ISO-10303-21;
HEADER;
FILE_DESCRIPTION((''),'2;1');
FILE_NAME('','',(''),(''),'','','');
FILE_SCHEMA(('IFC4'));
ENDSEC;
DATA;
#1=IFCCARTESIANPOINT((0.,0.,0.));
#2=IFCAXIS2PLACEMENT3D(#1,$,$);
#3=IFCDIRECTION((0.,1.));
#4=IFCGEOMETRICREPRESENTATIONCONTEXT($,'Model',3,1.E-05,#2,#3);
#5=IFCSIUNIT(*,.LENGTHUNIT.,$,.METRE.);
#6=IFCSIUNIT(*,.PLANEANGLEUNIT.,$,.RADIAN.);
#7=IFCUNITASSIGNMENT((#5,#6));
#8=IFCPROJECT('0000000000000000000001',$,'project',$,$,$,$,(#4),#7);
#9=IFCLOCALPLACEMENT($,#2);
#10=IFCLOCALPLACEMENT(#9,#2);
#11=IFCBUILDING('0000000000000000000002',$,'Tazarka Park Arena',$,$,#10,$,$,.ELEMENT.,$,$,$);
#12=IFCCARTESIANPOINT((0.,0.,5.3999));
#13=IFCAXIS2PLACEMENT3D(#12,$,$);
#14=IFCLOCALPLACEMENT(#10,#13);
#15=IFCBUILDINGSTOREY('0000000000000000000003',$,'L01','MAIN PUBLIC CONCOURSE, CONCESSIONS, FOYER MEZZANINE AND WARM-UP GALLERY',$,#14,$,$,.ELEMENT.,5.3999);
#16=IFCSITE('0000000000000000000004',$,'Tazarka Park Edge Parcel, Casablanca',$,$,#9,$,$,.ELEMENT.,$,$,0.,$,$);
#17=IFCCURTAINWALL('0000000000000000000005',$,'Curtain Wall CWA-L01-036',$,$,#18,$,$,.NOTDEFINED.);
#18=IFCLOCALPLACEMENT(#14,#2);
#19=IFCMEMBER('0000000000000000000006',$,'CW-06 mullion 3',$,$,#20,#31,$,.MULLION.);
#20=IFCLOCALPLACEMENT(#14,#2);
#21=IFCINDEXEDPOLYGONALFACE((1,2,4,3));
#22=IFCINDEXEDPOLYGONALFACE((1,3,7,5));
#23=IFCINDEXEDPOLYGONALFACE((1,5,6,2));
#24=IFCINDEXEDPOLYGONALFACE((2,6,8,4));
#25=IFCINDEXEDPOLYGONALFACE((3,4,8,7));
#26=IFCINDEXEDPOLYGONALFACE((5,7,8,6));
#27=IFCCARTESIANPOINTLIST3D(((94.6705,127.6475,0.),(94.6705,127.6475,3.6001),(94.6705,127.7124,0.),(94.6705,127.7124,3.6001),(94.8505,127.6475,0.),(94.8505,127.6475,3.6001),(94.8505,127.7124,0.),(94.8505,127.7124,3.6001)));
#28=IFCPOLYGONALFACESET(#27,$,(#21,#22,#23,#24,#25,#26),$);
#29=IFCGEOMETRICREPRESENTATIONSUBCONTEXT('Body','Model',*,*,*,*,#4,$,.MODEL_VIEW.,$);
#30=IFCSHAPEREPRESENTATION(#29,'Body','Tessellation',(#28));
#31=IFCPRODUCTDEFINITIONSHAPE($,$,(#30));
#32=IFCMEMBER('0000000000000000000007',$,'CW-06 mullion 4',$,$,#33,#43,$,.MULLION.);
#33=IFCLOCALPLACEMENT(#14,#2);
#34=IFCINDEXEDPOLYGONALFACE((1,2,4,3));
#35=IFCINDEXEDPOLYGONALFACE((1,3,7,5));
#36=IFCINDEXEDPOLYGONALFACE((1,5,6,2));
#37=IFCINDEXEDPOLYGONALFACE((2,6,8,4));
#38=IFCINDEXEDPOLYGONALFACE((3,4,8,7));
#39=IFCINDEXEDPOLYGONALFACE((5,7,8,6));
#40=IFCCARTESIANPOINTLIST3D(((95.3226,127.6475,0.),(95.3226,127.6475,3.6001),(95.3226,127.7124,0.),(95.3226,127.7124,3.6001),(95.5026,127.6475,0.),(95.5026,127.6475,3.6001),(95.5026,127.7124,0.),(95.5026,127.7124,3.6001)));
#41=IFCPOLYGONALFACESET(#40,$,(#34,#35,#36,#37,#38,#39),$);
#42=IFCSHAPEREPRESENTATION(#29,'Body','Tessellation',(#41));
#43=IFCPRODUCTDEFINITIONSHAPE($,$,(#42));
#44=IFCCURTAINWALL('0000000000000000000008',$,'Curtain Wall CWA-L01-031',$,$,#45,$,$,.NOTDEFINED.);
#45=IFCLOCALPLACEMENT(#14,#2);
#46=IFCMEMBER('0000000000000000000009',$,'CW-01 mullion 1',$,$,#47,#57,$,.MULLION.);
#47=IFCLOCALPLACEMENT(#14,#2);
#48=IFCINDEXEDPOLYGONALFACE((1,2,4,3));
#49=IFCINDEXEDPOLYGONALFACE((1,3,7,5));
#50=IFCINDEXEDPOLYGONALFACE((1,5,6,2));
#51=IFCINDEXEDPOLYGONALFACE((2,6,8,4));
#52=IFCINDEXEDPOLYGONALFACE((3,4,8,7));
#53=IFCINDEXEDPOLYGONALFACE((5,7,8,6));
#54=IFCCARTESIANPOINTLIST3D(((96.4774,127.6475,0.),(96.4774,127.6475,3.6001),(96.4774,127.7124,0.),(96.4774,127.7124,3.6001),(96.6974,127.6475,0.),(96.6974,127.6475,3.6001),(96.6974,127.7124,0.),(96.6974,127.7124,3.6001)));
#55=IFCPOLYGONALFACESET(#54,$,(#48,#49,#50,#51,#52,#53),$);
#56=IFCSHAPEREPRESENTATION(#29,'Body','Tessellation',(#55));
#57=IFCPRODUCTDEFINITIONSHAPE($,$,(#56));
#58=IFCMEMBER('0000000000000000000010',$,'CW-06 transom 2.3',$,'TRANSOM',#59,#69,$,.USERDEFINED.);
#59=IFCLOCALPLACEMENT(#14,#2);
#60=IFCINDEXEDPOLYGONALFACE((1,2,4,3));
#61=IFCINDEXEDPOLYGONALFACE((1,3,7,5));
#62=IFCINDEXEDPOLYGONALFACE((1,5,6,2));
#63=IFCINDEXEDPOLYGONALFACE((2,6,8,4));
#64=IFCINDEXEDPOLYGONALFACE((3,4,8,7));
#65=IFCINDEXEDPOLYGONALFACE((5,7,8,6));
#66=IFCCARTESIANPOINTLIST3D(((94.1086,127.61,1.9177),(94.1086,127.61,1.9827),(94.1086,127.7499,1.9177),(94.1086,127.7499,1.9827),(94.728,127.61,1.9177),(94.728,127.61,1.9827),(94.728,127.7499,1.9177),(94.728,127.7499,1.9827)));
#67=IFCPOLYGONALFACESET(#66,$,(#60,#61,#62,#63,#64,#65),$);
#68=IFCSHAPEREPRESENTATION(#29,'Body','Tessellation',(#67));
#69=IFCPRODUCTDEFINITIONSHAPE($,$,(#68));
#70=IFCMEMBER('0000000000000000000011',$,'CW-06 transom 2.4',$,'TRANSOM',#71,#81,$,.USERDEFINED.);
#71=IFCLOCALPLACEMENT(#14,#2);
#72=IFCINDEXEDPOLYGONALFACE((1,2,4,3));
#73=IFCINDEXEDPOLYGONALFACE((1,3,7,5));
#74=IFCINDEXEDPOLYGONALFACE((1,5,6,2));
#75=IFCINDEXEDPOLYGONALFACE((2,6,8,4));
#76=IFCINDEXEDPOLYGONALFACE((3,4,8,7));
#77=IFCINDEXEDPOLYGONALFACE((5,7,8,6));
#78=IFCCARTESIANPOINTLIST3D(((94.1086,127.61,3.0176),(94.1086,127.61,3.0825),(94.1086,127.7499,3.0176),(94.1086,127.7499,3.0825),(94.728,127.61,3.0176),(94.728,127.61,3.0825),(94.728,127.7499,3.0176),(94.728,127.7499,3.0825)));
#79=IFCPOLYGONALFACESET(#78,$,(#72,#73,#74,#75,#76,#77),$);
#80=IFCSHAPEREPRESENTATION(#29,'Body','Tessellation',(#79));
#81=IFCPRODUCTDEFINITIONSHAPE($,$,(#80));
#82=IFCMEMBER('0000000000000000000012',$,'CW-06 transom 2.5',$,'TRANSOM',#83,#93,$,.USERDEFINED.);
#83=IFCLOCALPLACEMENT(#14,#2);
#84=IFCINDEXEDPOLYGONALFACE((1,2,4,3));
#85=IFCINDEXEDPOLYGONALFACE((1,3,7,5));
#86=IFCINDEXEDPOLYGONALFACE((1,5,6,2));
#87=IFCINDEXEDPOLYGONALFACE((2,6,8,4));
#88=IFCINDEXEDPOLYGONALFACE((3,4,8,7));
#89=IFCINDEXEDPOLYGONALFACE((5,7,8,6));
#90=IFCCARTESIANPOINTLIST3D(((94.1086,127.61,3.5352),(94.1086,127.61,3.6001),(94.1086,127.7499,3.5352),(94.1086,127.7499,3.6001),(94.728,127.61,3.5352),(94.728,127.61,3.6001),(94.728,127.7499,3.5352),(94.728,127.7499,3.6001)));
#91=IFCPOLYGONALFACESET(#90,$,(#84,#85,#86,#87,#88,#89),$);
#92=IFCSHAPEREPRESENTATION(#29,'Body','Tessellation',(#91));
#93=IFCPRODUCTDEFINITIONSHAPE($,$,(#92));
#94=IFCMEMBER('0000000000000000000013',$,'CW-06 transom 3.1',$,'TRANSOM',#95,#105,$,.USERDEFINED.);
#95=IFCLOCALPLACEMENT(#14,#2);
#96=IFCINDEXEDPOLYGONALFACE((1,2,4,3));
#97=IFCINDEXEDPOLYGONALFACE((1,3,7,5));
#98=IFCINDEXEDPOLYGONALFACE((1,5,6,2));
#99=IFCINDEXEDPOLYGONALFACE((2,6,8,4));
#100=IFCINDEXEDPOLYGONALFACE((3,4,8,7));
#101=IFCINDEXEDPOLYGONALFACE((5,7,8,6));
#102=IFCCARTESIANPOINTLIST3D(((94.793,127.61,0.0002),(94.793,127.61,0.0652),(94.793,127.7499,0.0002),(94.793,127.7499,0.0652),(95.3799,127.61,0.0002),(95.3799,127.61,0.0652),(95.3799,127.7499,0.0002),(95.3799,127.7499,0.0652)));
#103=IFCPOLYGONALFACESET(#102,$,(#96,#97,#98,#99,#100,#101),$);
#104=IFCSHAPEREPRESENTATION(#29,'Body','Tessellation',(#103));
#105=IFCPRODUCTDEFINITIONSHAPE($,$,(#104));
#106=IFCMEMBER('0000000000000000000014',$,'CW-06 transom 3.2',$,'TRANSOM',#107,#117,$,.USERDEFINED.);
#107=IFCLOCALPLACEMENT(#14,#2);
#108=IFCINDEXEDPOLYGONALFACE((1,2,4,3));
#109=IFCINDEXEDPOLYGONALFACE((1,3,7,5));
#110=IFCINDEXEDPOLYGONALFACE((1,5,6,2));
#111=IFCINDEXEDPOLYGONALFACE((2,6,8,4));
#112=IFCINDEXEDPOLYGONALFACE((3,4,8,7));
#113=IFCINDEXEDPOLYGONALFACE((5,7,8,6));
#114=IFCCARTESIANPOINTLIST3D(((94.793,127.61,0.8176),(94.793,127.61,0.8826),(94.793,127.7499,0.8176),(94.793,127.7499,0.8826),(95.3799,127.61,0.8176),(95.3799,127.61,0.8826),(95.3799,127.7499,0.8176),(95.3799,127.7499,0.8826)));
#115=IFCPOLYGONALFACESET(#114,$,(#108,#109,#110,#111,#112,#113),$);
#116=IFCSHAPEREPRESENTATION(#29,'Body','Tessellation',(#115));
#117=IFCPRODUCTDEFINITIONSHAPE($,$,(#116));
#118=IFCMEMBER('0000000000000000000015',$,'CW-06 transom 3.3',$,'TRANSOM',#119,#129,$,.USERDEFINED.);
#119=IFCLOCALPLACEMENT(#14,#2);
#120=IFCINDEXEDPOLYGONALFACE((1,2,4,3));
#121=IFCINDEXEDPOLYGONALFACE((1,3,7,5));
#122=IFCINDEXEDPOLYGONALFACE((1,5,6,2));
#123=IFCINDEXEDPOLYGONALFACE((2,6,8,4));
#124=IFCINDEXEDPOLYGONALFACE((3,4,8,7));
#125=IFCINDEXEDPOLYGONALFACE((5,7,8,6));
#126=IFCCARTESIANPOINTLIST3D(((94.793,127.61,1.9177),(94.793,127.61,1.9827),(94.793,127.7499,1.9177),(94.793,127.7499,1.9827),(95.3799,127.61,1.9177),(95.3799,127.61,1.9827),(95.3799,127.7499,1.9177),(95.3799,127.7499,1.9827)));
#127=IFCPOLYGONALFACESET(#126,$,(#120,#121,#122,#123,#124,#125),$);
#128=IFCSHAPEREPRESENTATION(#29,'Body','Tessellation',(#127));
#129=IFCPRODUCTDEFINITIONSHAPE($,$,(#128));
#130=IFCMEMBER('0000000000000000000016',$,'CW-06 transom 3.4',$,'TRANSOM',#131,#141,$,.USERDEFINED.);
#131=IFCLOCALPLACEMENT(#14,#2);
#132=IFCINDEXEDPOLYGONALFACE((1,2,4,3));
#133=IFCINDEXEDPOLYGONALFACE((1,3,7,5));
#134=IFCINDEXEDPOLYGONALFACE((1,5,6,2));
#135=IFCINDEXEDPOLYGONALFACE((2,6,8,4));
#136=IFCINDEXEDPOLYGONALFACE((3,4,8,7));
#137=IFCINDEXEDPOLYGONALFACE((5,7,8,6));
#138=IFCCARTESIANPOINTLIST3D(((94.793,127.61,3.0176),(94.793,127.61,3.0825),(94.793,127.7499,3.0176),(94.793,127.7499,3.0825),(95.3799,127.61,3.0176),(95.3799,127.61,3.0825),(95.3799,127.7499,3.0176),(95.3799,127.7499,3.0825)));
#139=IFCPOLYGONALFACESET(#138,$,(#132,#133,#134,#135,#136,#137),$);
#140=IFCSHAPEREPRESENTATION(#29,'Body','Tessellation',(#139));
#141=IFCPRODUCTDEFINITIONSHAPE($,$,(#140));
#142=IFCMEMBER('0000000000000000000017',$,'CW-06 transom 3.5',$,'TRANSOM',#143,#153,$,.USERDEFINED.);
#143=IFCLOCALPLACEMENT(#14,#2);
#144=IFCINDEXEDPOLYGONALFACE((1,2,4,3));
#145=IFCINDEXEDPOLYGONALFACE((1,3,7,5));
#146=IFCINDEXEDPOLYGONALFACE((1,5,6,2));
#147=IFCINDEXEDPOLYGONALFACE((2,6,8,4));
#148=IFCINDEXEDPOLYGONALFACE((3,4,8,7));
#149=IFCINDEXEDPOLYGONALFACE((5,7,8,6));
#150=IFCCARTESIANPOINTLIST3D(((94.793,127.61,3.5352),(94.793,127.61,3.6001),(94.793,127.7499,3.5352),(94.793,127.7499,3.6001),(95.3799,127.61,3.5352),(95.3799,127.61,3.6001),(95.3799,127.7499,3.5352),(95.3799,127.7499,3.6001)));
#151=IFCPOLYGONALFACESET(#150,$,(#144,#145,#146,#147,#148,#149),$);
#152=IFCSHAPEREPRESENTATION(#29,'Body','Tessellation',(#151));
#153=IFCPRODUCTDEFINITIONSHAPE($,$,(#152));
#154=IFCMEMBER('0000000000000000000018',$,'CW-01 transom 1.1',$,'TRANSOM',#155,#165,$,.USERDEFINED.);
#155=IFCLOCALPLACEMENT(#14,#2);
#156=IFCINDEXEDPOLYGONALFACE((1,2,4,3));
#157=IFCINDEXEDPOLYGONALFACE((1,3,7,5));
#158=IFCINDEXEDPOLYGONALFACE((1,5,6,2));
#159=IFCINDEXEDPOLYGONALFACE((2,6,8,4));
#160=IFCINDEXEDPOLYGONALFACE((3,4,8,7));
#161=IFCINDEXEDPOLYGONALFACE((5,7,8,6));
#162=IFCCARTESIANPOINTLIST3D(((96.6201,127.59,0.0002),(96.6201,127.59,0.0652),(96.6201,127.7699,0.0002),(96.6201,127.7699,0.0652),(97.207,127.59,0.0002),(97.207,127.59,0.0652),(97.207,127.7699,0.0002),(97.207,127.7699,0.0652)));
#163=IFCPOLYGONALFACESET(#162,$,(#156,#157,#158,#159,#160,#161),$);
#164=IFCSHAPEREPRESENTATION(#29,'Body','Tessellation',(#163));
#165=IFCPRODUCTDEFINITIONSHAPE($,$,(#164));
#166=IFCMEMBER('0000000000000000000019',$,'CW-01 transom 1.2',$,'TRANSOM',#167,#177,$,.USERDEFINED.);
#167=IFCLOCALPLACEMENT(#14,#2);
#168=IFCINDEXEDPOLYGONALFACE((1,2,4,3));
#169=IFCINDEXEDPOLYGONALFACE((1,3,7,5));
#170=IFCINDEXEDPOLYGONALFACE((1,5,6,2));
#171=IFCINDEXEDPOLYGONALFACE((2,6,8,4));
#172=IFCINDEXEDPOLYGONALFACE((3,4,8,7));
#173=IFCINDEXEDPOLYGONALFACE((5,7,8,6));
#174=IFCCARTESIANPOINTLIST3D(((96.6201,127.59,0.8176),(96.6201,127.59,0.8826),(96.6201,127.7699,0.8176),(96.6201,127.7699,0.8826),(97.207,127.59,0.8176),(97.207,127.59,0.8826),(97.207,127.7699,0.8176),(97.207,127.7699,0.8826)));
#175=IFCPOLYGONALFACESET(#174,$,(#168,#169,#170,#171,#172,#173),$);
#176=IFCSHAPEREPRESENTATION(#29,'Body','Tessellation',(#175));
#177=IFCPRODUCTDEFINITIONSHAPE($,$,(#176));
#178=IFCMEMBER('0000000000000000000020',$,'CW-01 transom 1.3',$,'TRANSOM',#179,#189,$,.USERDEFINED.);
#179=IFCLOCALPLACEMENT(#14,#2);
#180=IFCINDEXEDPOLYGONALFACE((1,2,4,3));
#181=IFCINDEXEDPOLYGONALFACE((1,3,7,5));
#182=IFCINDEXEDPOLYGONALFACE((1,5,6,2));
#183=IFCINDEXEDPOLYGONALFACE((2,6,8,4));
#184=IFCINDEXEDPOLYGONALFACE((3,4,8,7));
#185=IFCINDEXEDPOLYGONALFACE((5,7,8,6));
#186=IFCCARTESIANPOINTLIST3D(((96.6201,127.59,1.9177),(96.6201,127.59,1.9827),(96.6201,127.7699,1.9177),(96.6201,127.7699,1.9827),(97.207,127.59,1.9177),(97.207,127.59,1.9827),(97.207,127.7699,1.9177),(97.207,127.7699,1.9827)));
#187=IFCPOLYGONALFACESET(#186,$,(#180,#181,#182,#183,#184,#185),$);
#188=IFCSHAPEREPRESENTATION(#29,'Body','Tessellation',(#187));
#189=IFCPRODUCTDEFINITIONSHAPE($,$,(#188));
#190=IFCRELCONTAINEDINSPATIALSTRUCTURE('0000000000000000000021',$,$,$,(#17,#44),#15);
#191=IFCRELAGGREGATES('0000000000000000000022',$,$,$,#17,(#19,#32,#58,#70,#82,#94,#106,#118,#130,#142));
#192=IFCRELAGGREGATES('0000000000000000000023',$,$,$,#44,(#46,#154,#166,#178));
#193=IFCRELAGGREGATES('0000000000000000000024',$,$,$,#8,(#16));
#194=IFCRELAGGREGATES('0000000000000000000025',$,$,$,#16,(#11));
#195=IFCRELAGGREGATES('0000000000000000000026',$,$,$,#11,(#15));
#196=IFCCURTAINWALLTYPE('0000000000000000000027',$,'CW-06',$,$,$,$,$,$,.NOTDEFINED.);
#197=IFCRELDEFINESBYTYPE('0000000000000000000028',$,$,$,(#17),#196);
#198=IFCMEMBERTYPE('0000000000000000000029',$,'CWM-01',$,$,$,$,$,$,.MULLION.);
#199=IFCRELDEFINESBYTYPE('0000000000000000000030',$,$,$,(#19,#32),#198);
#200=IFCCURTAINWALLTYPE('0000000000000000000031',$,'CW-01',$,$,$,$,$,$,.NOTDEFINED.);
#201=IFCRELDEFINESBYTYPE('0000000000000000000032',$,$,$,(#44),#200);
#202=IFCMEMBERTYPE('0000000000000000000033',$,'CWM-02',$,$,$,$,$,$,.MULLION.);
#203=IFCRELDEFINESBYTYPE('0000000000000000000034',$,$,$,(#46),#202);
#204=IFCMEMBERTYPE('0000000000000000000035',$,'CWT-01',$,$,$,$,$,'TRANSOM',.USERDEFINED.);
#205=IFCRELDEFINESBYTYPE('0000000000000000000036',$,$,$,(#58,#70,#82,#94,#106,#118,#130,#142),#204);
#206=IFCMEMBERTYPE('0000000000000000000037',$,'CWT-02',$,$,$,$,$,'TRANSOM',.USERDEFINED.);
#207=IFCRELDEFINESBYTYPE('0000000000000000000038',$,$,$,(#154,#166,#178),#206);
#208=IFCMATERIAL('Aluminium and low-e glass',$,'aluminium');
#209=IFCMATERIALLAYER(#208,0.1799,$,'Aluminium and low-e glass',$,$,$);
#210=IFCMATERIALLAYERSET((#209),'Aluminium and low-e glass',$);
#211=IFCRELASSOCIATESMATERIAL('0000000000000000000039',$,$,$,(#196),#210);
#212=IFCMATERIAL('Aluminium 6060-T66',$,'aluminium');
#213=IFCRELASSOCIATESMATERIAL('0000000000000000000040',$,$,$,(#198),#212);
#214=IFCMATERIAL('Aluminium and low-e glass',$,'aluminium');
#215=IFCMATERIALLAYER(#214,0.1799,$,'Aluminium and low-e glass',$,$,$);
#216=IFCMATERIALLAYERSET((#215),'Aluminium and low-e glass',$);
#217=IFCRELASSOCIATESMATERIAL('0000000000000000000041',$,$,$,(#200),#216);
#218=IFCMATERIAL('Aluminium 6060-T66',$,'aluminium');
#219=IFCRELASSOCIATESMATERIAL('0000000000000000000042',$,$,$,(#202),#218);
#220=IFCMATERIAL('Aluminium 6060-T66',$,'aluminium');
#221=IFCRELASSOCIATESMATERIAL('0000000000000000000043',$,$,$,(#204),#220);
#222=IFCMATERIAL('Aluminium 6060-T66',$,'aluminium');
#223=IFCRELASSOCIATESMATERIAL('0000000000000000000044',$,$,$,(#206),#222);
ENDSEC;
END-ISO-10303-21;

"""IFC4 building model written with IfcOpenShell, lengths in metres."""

from ifc_helpers import new_model, si_unit, direction, frame, origin, origin_2d, place, context, subcontext, project, spatial, rectangle, extrude, material, layer, layer_set, material_profile, profile_set, type_object, element, aggregate, save


model = new_model("IFC4")

# Units and contexts
model_context = context("Model", 3, precision=1e-05, world=origin(), true_north=direction((0.0, 1.0)))
body_context = subcontext(model_context, "Body", "Model", "MODEL_VIEW")
ifc_project = project(units=[si_unit("LENGTHUNIT", "METRE"), si_unit("PLANEANGLEUNIT", "RADIAN")], contexts=[model_context])

# Site, building, storey
site_placement = place(None, origin())
site = spatial("IfcSite", under=ifc_project, at=site_placement, Name="Tazarka Park Edge Parcel, Casablanca", CompositionType="ELEMENT", RefElevation=0.0)
building_placement = place(site_placement, origin())
building = spatial("IfcBuilding", under=site, at=building_placement, Name="Tazarka Park Arena", CompositionType="ELEMENT")
storey_placement = place(building_placement, frame((0.0, 0.0, 5.3999)))
storey = spatial("IfcBuildingStorey", under=building, at=storey_placement, Name="L01", Description="MAIN PUBLIC CONCOURSE, CONCESSIONS, FOYER MEZZANINE AND WARM-UP GALLERY", CompositionType="ELEMENT", Elevation=5.3999)

# Curtain wall, members
ifc_material_1 = material(Name="Aluminium and low-e glass", Category="aluminium")
ifc_layer_1 = layer(ifc_material_1, 0.1799, Name="Aluminium and low-e glass")
ifc_layer_set_1 = layer_set([ifc_layer_1], Name="Aluminium and low-e glass")
curtain_wall_type_1 = type_object("IfcCurtainWallType", Name="CW-06", PredefinedType="NOTDEFINED", material=ifc_layer_set_1)
curtain_wall_1_placement = place(storey_placement, origin())
curtain_wall_1 = element("IfcCurtainWall", 1, at=curtain_wall_1_placement, inside=storey, type_object=curtain_wall_type_1, Name="Curtain Wall CWA-L01-036", PredefinedType="NOTDEFINED")
ifc_material_2 = material(Name="Aluminium 6060-T66", Category="aluminium")
ifc_material_profile_1 = material_profile(ifc_material_2, rectangle(XDim=0.0649, YDim=0.1799, at=origin_2d()), Name="Aluminium 6060-T66")
ifc_profile_set_1 = profile_set([ifc_material_profile_1], Name="Aluminium 6060-T66")
member_type_1 = type_object("IfcMemberType", Name="CWM-01", PredefinedType="MULLION", material=ifc_profile_set_1)
member_1_placement = place(storey_placement, frame((94.7605, 127.6799, 0.0), z_axis=(0.0, 0.0, 1.0), x_axis=(0.0, 1.0, 0.0)))
member_1 = element("IfcMember", 2, at=member_1_placement, type_object=member_type_1, Name="CW-06 mullion 3", PredefinedType="MULLION", context=body_context, shape_type="SweptSolid", body=[
    extrude(rectangle(XDim=0.0649, YDim=0.1799, at=origin_2d()), origin(), (0.0, 0.0, 1.0), 3.6001),
])
member_2_placement = place(storey_placement, frame((95.4126, 127.6799, 0.0), z_axis=(0.0, 0.0, 1.0), x_axis=(0.0, 1.0, 0.0)))
member_2 = element("IfcMember", 3, at=member_2_placement, type_object=member_type_1, Name="CW-06 mullion 4", PredefinedType="MULLION", context=body_context, shape_type="SweptSolid", body=[
    extrude(rectangle(XDim=0.0649, YDim=0.1799, at=origin_2d()), origin(), (0.0, 0.0, 1.0), 3.6001),
])

# Curtain wall, member
ifc_material_3 = material(Name="Aluminium and low-e glass", Category="aluminium")
ifc_layer_2 = layer(ifc_material_3, 0.1799, Name="Aluminium and low-e glass")
ifc_layer_set_2 = layer_set([ifc_layer_2], Name="Aluminium and low-e glass")
curtain_wall_type_2 = type_object("IfcCurtainWallType", Name="CW-01", PredefinedType="NOTDEFINED", material=ifc_layer_set_2)
curtain_wall_2_placement = place(storey_placement, origin())
curtain_wall_2 = element("IfcCurtainWall", 4, at=curtain_wall_2_placement, inside=storey, type_object=curtain_wall_type_2, Name="Curtain Wall CWA-L01-031", PredefinedType="NOTDEFINED")
ifc_material_4 = material(Name="Aluminium 6060-T66", Category="aluminium")
ifc_material_profile_2 = material_profile(ifc_material_4, rectangle(XDim=0.0649, YDim=0.22, at=origin_2d()), Name="Aluminium 6060-T66")
ifc_profile_set_2 = profile_set([ifc_material_profile_2], Name="Aluminium 6060-T66")
member_type_2 = type_object("IfcMemberType", Name="CWM-02", PredefinedType="MULLION", material=ifc_profile_set_2)
member_3_placement = place(storey_placement, frame((96.5874, 127.6799, 0.0), z_axis=(0.0, 0.0, 1.0), x_axis=(0.0, 1.0, 0.0)))
member_3 = element("IfcMember", 5, at=member_3_placement, type_object=member_type_2, Name="CW-01 mullion 1", PredefinedType="MULLION", context=body_context, shape_type="SweptSolid", body=[
    extrude(rectangle(XDim=0.0649, YDim=0.22, at=origin_2d()), origin(), (0.0, 0.0, 1.0), 3.6001),
])

# Members
ifc_material_5 = material(Name="Aluminium 6060-T66", Category="aluminium")
ifc_material_profile_3 = material_profile(ifc_material_5, rectangle(XDim=0.1399, YDim=0.0649, at=origin_2d()), Name="Aluminium 6060-T66")
ifc_profile_set_3 = profile_set([ifc_material_profile_3], Name="Aluminium 6060-T66")
member_type_3 = type_object("IfcMemberType", Name="CWT-01", ElementType="TRANSOM", PredefinedType="USERDEFINED", material=ifc_profile_set_3)
member_4_placement = place(storey_placement, frame((94.1086, 127.6799, 1.9502), z_axis=(1.0, 0.0, 0.0), x_axis=(0.0, 1.0, 0.0)))
member_4 = element("IfcMember", 6, at=member_4_placement, type_object=member_type_3, Name="CW-06 transom 2.3", ObjectType="TRANSOM", PredefinedType="USERDEFINED", context=body_context, shape_type="SweptSolid", body=[
    extrude(rectangle(XDim=0.1399, YDim=0.0649, at=origin_2d()), origin(), (0.0, 0.0, 1.0), 0.6194),
])
member_5_placement = place(storey_placement, frame((94.1086, 127.6799, 3.05), z_axis=(1.0, 0.0, 0.0), x_axis=(0.0, 1.0, 0.0)))
member_5 = element("IfcMember", 7, at=member_5_placement, type_object=member_type_3, Name="CW-06 transom 2.4", ObjectType="TRANSOM", PredefinedType="USERDEFINED", context=body_context, shape_type="SweptSolid", body=[
    extrude(rectangle(XDim=0.1399, YDim=0.0649, at=origin_2d()), origin(), (0.0, 0.0, 1.0), 0.6194),
])
member_6_placement = place(storey_placement, frame((94.1086, 127.6799, 3.5676), z_axis=(1.0, 0.0, 0.0), x_axis=(0.0, 1.0, 0.0)))
member_6 = element("IfcMember", 8, at=member_6_placement, type_object=member_type_3, Name="CW-06 transom 2.5", ObjectType="TRANSOM", PredefinedType="USERDEFINED", context=body_context, shape_type="SweptSolid", body=[
    extrude(rectangle(XDim=0.1399, YDim=0.0649, at=origin_2d()), origin(), (0.0, 0.0, 1.0), 0.6194),
])
member_7_placement = place(storey_placement, frame((94.793, 127.6799, 0.0327), z_axis=(1.0, 0.0, 0.0), x_axis=(0.0, 1.0, 0.0)))
member_7 = element("IfcMember", 9, at=member_7_placement, type_object=member_type_3, Name="CW-06 transom 3.1", ObjectType="TRANSOM", PredefinedType="USERDEFINED", context=body_context, shape_type="SweptSolid", body=[
    extrude(rectangle(XDim=0.1399, YDim=0.0649, at=origin_2d()), origin(), (0.0, 0.0, 1.0), 0.5869),
])
member_8_placement = place(storey_placement, frame((94.793, 127.6799, 0.8501), z_axis=(1.0, 0.0, 0.0), x_axis=(0.0, 1.0, 0.0)))
member_8 = element("IfcMember", 10, at=member_8_placement, type_object=member_type_3, Name="CW-06 transom 3.2", ObjectType="TRANSOM", PredefinedType="USERDEFINED", context=body_context, shape_type="SweptSolid", body=[
    extrude(rectangle(XDim=0.1399, YDim=0.0649, at=origin_2d()), origin(), (0.0, 0.0, 1.0), 0.5869),
])
member_9_placement = place(storey_placement, frame((94.793, 127.6799, 1.9502), z_axis=(1.0, 0.0, 0.0), x_axis=(0.0, 1.0, 0.0)))
member_9 = element("IfcMember", 11, at=member_9_placement, type_object=member_type_3, Name="CW-06 transom 3.3", ObjectType="TRANSOM", PredefinedType="USERDEFINED", context=body_context, shape_type="SweptSolid", body=[
    extrude(rectangle(XDim=0.1399, YDim=0.0649, at=origin_2d()), origin(), (0.0, 0.0, 1.0), 0.5869),
])
member_10_placement = place(storey_placement, frame((94.793, 127.6799, 3.05), z_axis=(1.0, 0.0, 0.0), x_axis=(0.0, 1.0, 0.0)))
member_10 = element("IfcMember", 12, at=member_10_placement, type_object=member_type_3, Name="CW-06 transom 3.4", ObjectType="TRANSOM", PredefinedType="USERDEFINED", context=body_context, shape_type="SweptSolid", body=[
    extrude(rectangle(XDim=0.1399, YDim=0.0649, at=origin_2d()), origin(), (0.0, 0.0, 1.0), 0.5869),
])
member_11_placement = place(storey_placement, frame((94.793, 127.6799, 3.5676), z_axis=(1.0, 0.0, 0.0), x_axis=(0.0, 1.0, 0.0)))
member_11 = element("IfcMember", 13, at=member_11_placement, type_object=member_type_3, Name="CW-06 transom 3.5", ObjectType="TRANSOM", PredefinedType="USERDEFINED", context=body_context, shape_type="SweptSolid", body=[
    extrude(rectangle(XDim=0.1399, YDim=0.0649, at=origin_2d()), origin(), (0.0, 0.0, 1.0), 0.5869),
])
ifc_material_6 = material(Name="Aluminium 6060-T66", Category="aluminium")
ifc_material_profile_4 = material_profile(ifc_material_6, rectangle(XDim=0.1799, YDim=0.0649, at=origin_2d()), Name="Aluminium 6060-T66")
ifc_profile_set_4 = profile_set([ifc_material_profile_4], Name="Aluminium 6060-T66")
member_type_4 = type_object("IfcMemberType", Name="CWT-02", ElementType="TRANSOM", PredefinedType="USERDEFINED", material=ifc_profile_set_4)
member_12_placement = place(storey_placement, frame((96.6201, 127.6799, 0.0327), z_axis=(1.0, 0.0, 0.0), x_axis=(0.0, 1.0, 0.0)))
member_12 = element("IfcMember", 14, at=member_12_placement, type_object=member_type_4, Name="CW-01 transom 1.1", ObjectType="TRANSOM", PredefinedType="USERDEFINED", context=body_context, shape_type="SweptSolid", body=[
    extrude(rectangle(XDim=0.1799, YDim=0.0649, at=origin_2d()), origin(), (0.0, 0.0, 1.0), 0.5869),
])
member_13_placement = place(storey_placement, frame((96.6201, 127.6799, 0.8501), z_axis=(1.0, 0.0, 0.0), x_axis=(0.0, 1.0, 0.0)))
member_13 = element("IfcMember", 15, at=member_13_placement, type_object=member_type_4, Name="CW-01 transom 1.2", ObjectType="TRANSOM", PredefinedType="USERDEFINED", context=body_context, shape_type="SweptSolid", body=[
    extrude(rectangle(XDim=0.1799, YDim=0.0649, at=origin_2d()), origin(), (0.0, 0.0, 1.0), 0.5869),
])
member_14_placement = place(storey_placement, frame((96.6201, 127.6799, 1.9502), z_axis=(1.0, 0.0, 0.0), x_axis=(0.0, 1.0, 0.0)))
member_14 = element("IfcMember", 16, at=member_14_placement, type_object=member_type_4, Name="CW-01 transom 1.3", ObjectType="TRANSOM", PredefinedType="USERDEFINED", context=body_context, shape_type="SweptSolid", body=[
    extrude(rectangle(XDim=0.1799, YDim=0.0649, at=origin_2d()), origin(), (0.0, 0.0, 1.0), 0.5869),
])

aggregate(curtain_wall_1, [member_1, member_2, member_4, member_5, member_6, member_7, member_8, member_9, member_10, member_11])
aggregate(curtain_wall_2, [member_3, member_12, member_13, member_14])

save(model, "model.ifc")
